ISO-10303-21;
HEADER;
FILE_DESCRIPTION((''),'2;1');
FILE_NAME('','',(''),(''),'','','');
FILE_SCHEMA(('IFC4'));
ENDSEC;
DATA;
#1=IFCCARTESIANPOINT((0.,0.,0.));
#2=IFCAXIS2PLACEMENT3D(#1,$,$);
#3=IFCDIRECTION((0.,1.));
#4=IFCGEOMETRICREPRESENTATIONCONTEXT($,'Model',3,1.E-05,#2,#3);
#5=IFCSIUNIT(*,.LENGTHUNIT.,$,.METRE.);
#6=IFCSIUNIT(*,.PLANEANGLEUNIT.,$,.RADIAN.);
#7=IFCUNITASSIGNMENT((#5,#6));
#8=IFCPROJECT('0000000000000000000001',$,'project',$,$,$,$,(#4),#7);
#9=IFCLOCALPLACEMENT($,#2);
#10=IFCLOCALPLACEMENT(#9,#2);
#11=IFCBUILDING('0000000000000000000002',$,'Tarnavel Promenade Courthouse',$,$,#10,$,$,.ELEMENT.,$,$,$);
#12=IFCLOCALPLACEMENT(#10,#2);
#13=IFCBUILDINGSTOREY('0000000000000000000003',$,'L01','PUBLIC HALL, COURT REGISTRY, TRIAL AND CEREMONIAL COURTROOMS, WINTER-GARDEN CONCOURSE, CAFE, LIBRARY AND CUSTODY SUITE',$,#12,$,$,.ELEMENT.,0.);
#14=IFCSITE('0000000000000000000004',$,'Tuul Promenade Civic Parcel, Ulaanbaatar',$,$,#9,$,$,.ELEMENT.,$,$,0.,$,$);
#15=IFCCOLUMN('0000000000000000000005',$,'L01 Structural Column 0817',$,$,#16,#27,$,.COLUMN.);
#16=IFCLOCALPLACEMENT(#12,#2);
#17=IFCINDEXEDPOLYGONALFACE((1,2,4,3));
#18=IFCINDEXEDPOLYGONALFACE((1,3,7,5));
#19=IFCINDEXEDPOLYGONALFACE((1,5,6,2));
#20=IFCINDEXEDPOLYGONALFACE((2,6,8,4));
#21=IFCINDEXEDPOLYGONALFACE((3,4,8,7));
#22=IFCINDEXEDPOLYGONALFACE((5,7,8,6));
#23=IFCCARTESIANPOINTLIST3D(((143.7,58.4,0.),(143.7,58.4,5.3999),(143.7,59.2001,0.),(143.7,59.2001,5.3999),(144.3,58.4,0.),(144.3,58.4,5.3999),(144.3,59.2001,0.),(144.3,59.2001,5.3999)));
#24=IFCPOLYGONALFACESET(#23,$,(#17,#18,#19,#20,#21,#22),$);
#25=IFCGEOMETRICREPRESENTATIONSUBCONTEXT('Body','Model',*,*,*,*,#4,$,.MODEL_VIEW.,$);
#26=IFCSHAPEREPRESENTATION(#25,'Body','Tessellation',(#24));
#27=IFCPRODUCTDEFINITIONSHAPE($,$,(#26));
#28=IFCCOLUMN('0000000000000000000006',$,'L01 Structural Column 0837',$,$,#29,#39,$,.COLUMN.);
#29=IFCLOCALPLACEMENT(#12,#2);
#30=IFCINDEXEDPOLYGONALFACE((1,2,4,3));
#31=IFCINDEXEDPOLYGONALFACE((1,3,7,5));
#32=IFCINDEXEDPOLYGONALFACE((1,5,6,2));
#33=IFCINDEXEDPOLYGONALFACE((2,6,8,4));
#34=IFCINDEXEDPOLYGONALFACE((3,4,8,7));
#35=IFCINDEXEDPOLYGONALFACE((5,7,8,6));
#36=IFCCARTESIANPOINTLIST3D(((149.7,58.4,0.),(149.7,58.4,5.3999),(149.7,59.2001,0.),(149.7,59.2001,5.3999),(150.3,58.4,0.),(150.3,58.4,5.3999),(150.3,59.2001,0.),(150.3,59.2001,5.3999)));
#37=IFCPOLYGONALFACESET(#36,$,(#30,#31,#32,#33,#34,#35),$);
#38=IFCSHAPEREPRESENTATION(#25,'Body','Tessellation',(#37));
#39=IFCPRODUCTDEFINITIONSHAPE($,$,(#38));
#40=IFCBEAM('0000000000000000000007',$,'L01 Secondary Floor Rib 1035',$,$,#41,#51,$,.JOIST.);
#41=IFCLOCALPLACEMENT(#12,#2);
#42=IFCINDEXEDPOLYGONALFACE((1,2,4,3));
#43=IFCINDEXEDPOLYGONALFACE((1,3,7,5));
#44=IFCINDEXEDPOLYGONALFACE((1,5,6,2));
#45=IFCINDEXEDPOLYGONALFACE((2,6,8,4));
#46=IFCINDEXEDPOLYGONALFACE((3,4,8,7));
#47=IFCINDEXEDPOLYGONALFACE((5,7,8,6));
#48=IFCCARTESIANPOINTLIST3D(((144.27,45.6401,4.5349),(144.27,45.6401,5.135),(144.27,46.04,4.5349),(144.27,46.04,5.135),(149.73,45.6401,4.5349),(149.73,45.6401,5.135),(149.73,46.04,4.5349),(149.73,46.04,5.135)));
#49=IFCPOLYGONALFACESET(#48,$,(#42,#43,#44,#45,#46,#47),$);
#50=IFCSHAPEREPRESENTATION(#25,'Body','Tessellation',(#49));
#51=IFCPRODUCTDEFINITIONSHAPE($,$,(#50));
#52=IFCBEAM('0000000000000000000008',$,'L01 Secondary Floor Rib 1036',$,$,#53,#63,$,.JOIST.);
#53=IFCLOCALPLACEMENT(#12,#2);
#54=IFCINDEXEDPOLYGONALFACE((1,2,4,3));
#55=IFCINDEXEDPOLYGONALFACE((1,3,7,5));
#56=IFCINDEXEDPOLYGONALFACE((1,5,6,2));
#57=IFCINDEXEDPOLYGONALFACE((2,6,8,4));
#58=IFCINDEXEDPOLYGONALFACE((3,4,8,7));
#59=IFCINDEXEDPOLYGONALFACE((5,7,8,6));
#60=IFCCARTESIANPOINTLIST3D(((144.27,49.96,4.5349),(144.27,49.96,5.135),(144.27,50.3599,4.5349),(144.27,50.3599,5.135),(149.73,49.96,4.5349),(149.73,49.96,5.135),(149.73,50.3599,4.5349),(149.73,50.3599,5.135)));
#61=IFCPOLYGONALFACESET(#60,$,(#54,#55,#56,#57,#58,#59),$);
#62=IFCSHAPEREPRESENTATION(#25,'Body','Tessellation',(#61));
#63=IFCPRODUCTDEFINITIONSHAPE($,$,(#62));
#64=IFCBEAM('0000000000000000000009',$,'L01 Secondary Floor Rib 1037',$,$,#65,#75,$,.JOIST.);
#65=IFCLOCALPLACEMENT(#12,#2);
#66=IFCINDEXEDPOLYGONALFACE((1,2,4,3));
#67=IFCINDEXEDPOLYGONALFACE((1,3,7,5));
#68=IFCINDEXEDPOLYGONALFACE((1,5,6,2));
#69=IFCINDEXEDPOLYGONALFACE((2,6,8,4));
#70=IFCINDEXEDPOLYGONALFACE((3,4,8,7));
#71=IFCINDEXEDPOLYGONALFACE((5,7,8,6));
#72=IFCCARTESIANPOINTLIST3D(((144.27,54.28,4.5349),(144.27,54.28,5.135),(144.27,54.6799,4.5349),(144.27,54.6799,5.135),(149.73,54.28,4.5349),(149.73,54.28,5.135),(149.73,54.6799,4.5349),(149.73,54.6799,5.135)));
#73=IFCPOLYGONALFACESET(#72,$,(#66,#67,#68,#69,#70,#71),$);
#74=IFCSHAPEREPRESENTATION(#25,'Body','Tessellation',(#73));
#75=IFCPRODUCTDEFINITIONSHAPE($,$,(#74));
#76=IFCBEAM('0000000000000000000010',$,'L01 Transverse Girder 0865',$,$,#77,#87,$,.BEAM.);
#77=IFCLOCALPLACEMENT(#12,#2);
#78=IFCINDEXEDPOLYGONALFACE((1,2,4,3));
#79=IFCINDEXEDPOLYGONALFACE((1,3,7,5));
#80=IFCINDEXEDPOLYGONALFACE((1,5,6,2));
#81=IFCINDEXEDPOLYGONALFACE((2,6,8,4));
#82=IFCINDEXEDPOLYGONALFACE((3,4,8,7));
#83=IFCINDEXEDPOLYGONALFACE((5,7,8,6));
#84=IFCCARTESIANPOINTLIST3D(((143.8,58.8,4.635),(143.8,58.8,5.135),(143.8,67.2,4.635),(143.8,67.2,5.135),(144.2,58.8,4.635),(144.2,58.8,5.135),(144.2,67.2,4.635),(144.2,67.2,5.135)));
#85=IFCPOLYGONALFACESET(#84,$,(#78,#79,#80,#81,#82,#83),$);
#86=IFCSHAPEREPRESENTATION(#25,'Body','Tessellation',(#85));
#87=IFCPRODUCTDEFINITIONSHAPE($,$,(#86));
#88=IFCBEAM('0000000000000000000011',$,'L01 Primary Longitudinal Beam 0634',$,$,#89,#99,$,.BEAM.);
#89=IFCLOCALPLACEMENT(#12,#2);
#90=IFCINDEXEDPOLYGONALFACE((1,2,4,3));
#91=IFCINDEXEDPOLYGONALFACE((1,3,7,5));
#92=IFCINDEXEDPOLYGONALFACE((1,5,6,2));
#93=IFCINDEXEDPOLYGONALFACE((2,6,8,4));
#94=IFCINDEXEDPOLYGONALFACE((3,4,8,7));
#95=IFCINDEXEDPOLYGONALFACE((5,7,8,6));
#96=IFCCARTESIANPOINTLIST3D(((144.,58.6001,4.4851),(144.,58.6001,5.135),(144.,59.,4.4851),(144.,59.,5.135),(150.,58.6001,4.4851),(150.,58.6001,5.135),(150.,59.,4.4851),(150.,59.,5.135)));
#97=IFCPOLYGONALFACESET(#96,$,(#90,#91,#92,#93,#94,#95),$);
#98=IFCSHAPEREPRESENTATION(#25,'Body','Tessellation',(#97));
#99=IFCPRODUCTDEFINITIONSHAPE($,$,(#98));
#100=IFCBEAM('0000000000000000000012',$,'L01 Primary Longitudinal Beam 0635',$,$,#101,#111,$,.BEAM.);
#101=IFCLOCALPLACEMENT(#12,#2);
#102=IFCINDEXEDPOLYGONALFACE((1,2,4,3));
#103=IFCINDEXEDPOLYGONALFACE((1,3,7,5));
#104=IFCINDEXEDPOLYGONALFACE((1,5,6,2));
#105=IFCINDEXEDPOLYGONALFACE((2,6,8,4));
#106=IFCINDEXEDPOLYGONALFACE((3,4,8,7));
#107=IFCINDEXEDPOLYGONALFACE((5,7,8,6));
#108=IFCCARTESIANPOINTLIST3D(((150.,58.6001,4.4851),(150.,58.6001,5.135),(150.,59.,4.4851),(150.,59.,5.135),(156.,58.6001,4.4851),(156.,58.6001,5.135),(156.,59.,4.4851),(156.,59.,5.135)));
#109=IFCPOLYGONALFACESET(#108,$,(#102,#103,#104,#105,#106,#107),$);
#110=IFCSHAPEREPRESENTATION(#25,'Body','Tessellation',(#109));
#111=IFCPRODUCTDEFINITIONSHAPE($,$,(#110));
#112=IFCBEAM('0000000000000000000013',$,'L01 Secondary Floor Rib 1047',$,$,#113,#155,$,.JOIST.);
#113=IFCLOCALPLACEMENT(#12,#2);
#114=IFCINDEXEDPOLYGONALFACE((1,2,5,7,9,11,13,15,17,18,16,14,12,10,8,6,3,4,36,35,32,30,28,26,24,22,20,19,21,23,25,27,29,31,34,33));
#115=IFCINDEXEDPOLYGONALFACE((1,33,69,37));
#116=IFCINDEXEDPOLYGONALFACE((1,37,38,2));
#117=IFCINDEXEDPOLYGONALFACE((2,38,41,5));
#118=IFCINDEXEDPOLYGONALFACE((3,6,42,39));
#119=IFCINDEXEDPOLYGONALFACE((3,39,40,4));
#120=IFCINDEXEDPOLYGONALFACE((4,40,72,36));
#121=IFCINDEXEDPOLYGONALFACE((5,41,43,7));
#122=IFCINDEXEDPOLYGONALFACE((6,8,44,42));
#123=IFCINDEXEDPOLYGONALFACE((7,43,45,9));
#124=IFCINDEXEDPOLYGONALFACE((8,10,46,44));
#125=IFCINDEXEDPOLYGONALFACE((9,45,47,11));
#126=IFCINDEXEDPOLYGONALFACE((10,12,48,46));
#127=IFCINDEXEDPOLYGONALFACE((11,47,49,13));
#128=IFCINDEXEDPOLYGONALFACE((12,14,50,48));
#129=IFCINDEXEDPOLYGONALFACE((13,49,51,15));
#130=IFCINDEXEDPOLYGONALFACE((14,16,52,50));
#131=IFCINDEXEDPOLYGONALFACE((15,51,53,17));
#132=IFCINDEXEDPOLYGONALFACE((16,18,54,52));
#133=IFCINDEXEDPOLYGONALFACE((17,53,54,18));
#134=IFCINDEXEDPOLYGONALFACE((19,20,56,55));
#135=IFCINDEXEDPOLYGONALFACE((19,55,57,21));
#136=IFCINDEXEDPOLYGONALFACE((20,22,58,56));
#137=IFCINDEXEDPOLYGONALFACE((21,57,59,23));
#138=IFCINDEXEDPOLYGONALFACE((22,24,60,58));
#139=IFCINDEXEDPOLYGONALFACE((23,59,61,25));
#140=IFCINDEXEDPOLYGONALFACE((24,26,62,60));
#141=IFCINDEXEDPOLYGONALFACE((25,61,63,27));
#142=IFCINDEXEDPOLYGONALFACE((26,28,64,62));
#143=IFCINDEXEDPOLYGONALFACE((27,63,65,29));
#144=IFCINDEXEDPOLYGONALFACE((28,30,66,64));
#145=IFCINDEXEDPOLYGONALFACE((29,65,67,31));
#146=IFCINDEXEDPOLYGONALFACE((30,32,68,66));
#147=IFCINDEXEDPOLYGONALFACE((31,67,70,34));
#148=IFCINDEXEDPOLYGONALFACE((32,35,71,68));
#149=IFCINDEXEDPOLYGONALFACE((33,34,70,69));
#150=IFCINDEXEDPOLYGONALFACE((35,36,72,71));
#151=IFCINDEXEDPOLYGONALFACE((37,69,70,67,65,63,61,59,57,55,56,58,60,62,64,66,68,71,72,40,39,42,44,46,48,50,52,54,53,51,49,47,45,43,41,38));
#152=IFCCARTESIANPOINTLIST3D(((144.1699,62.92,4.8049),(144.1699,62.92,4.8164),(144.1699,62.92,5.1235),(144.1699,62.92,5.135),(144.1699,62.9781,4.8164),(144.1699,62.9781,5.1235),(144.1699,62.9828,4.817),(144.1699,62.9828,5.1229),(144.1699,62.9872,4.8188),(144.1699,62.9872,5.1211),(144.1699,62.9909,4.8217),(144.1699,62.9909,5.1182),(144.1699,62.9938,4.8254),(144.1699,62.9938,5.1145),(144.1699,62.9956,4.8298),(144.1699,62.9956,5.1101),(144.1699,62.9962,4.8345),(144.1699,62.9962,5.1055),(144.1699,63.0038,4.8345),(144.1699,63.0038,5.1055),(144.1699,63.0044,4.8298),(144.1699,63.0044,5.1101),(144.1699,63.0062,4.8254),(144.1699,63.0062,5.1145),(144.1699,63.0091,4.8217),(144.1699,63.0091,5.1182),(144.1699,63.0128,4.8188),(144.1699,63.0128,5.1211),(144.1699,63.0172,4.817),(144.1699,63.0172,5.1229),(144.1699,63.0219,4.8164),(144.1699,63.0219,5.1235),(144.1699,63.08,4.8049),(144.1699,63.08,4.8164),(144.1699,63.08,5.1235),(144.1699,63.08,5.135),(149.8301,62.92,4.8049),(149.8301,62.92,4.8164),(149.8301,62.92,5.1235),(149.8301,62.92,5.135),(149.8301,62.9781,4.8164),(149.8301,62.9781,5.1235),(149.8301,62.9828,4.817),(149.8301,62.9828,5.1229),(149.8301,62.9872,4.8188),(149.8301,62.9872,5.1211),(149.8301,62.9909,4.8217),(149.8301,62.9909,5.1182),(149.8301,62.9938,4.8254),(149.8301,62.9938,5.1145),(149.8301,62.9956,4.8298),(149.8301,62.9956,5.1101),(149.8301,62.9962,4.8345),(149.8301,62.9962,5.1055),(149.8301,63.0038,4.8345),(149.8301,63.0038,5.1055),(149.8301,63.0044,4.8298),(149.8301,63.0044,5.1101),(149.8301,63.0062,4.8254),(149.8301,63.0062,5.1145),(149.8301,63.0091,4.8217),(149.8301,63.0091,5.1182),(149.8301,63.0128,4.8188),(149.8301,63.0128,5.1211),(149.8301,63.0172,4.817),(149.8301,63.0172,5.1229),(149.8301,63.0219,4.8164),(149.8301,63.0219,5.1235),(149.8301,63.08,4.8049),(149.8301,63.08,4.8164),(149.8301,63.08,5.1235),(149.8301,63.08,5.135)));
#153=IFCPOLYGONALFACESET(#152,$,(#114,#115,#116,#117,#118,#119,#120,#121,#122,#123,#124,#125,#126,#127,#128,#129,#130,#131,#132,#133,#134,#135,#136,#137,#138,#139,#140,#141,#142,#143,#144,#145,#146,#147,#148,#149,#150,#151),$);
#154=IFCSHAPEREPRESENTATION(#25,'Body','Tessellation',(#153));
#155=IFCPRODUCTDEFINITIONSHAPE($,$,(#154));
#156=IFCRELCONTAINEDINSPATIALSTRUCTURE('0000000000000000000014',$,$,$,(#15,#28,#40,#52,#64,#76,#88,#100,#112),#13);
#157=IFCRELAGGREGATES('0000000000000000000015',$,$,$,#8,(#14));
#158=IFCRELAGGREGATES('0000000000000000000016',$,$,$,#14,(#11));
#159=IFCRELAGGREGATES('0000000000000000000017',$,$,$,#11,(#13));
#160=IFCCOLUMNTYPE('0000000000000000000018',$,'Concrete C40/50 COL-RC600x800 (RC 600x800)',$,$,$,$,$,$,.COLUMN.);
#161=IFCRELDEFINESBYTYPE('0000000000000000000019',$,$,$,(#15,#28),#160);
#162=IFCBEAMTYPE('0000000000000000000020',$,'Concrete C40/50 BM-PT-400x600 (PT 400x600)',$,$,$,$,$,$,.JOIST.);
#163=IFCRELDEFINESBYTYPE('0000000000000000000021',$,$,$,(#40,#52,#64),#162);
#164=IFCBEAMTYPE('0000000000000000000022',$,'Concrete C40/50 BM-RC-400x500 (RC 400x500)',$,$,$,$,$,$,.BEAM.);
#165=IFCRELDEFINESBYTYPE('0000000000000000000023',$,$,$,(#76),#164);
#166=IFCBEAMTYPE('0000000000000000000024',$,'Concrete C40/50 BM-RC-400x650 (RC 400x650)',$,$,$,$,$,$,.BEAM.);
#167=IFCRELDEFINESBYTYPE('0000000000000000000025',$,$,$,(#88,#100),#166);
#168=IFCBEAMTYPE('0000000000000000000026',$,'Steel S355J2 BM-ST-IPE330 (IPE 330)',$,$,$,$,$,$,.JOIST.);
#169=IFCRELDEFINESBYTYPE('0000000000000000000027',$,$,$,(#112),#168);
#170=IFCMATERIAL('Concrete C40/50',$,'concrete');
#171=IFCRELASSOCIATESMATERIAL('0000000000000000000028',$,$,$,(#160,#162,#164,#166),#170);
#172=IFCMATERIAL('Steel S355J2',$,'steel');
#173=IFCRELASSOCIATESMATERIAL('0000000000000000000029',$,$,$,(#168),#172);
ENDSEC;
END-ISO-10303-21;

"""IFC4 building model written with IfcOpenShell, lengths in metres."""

from ifc_helpers import new_model, si_unit, direction, frame, origin, origin_2d, place, context, subcontext, project, spatial, rectangle, i_section, extrude, material, material_profile, profile_set, type_object, element, save


model = new_model("IFC4")

# Units and contexts
model_context = context("Model", 3, precision=1e-05, world=origin(), true_north=direction((0.0, 1.0)))
body_context = subcontext(model_context, "Body", "Model", "MODEL_VIEW")
ifc_project = project(units=[si_unit("LENGTHUNIT", "METRE"), si_unit("PLANEANGLEUNIT", "RADIAN")], contexts=[model_context])

# Site, building, storey
site_placement = place(None, origin())
site = spatial("IfcSite", under=ifc_project, at=site_placement, Name="Tuul Promenade Civic Parcel, Ulaanbaatar", CompositionType="ELEMENT", RefElevation=0.0)
building_placement = place(site_placement, origin())
building = spatial("IfcBuilding", under=site, at=building_placement, Name="Tarnavel Promenade Courthouse", CompositionType="ELEMENT")
storey_placement = place(building_placement, origin())
storey = spatial("IfcBuildingStorey", under=building, at=storey_placement, Name="L01", Description="PUBLIC HALL, COURT REGISTRY, TRIAL AND CEREMONIAL COURTROOMS, WINTER-GARDEN CONCOURSE, CAFE, LIBRARY AND CUSTODY SUITE", CompositionType="ELEMENT", Elevation=0.0)

# Columns
ifc_material_1 = material(Name="Concrete C40/50", Category="concrete")
ifc_material_profile_1 = material_profile(ifc_material_1, rectangle(XDim=0.6001, YDim=0.8, at=origin_2d()), Name="RC 600x800")
ifc_profile_set_1 = profile_set([ifc_material_profile_1], Name="Concrete C40/50")
column_type = type_object("IfcColumnType", Name="Concrete C40/50 COL-RC600x800 (RC 600x800)", PredefinedType="COLUMN", material=ifc_profile_set_1)
for number, where, z_axis, x_axis, name in (
    (1, (144.0, 58.8, 0.0), (0.0, 0.0, 1.0), (1.0, 0.0, 0.0), "L01 Structural Column 0817"),
    (2, (150.0, 58.8, 0.0), (0.0, 0.0, 1.0), (1.0, 0.0, 0.0), "L01 Structural Column 0837"),
):
    element("IfcColumn", number, at=place(storey_placement, frame(where, z_axis=z_axis, x_axis=x_axis)), inside=storey, type_object=column_type, Name=name, PredefinedType="COLUMN", context=body_context, shape_type="SweptSolid", body=[
        extrude(rectangle(XDim=0.6001, YDim=0.8, at=origin_2d()), origin(), (0.0, 0.0, 1.0), 5.3999),
    ])

# Beams
ifc_material_profile_2 = material_profile(ifc_material_1, rectangle(XDim=0.3999, YDim=0.6001, at=origin_2d()), Name="PT 400x600")
ifc_profile_set_2 = profile_set([ifc_material_profile_2], Name="Concrete C40/50")
beam_type_1 = type_object("IfcBeamType", Name="Concrete C40/50 BM-PT-400x600 (PT 400x600)", PredefinedType="JOIST", material=ifc_profile_set_2)
for number, where, z_axis, x_axis, name in (
    (3, (144.27, 45.8401, 4.835), (1.0, 0.0, 0.0), (0.0, 1.0, 0.0), "L01 Secondary Floor Rib 1035"),
    (4, (144.27, 50.1599, 4.835), (1.0, 0.0, 0.0), (0.0, 1.0, 0.0), "L01 Secondary Floor Rib 1036"),
    (5, (144.27, 54.48, 4.835), (1.0, 0.0, 0.0), (0.0, 1.0, 0.0), "L01 Secondary Floor Rib 1037"),
):
    element("IfcBeam", number, at=place(storey_placement, frame(where, z_axis=z_axis, x_axis=x_axis)), inside=storey, type_object=beam_type_1, Name=name, PredefinedType="JOIST", context=body_context, shape_type="SweptSolid", body=[
        extrude(rectangle(XDim=0.3999, YDim=0.6001, at=origin_2d()), origin(), (0.0, 0.0, 1.0), 5.46),
    ])
ifc_material_profile_3 = material_profile(ifc_material_1, rectangle(XDim=0.3999, YDim=0.5, at=origin_2d()), Name="RC 400x500")
ifc_profile_set_3 = profile_set([ifc_material_profile_3], Name="Concrete C40/50")
beam_type_2 = type_object("IfcBeamType", Name="Concrete C40/50 BM-RC-400x500 (RC 400x500)", PredefinedType="BEAM", material=ifc_profile_set_3)
beam_1_placement = place(storey_placement, frame((144.0, 58.8, 4.885), z_axis=(0.0, 1.0, 0.0), x_axis=(-1.0, 0.0, 0.0)))
element("IfcBeam", 6, at=beam_1_placement, inside=storey, type_object=beam_type_2, Name="L01 Transverse Girder 0865", PredefinedType="BEAM", context=body_context, shape_type="SweptSolid", body=[
    extrude(rectangle(XDim=0.3999, YDim=0.5, at=origin_2d()), origin(), (0.0, 0.0, 1.0), 8.3999),
])
ifc_material_profile_4 = material_profile(ifc_material_1, rectangle(XDim=0.3999, YDim=0.6499, at=origin_2d()), Name="RC 400x650")
ifc_profile_set_4 = profile_set([ifc_material_profile_4], Name="Concrete C40/50")
beam_type_3 = type_object("IfcBeamType", Name="Concrete C40/50 BM-RC-400x650 (RC 400x650)", PredefinedType="BEAM", material=ifc_profile_set_4)
for number, where, z_axis, x_axis, name in (
    (7, (144.0, 58.8, 4.8101), (1.0, 0.0, 0.0), (0.0, 1.0, 0.0), "L01 Primary Longitudinal Beam 0634"),
    (8, (150.0, 58.8, 4.8101), (1.0, 0.0, 0.0), (0.0, 1.0, 0.0), "L01 Primary Longitudinal Beam 0635"),
):
    element("IfcBeam", number, at=place(storey_placement, frame(where, z_axis=z_axis, x_axis=x_axis)), inside=storey, type_object=beam_type_3, Name=name, PredefinedType="BEAM", context=body_context, shape_type="SweptSolid", body=[
        extrude(rectangle(XDim=0.3999, YDim=0.6499, at=origin_2d()), origin(), (0.0, 0.0, 1.0), 6.0),
    ])
ifc_material_2 = material(Name="Steel S355J2", Category="steel")
ifc_material_profile_5 = material_profile(ifc_material_2, i_section(OverallWidth=0.1599, OverallDepth=0.3301, WebThickness=0.0076, FlangeThickness=0.0115, FilletRadius=0.0181, at=origin_2d()), Name="IPE 330")
ifc_profile_set_5 = profile_set([ifc_material_profile_5], Name="Steel S355J2")
beam_type_4 = type_object("IfcBeamType", Name="Steel S355J2 BM-ST-IPE330 (IPE 330)", PredefinedType="JOIST", material=ifc_profile_set_5)
beam_2_placement = place(storey_placement, frame((144.1699, 63.0, 4.97), z_axis=(1.0, 0.0, 0.0), x_axis=(0.0, 1.0, 0.0)))
element("IfcBeam", 9, at=beam_2_placement, inside=storey, type_object=beam_type_4, Name="L01 Secondary Floor Rib 1047", PredefinedType="JOIST", context=body_context, shape_type="SweptSolid", body=[
    extrude(i_section(OverallWidth=0.1599, OverallDepth=0.3301, WebThickness=0.0076, FlangeThickness=0.0115, FilletRadius=0.0181, at=origin_2d()), origin(), (0.0, 0.0, 1.0), 5.6602),
])

save(model, "model.ifc")
